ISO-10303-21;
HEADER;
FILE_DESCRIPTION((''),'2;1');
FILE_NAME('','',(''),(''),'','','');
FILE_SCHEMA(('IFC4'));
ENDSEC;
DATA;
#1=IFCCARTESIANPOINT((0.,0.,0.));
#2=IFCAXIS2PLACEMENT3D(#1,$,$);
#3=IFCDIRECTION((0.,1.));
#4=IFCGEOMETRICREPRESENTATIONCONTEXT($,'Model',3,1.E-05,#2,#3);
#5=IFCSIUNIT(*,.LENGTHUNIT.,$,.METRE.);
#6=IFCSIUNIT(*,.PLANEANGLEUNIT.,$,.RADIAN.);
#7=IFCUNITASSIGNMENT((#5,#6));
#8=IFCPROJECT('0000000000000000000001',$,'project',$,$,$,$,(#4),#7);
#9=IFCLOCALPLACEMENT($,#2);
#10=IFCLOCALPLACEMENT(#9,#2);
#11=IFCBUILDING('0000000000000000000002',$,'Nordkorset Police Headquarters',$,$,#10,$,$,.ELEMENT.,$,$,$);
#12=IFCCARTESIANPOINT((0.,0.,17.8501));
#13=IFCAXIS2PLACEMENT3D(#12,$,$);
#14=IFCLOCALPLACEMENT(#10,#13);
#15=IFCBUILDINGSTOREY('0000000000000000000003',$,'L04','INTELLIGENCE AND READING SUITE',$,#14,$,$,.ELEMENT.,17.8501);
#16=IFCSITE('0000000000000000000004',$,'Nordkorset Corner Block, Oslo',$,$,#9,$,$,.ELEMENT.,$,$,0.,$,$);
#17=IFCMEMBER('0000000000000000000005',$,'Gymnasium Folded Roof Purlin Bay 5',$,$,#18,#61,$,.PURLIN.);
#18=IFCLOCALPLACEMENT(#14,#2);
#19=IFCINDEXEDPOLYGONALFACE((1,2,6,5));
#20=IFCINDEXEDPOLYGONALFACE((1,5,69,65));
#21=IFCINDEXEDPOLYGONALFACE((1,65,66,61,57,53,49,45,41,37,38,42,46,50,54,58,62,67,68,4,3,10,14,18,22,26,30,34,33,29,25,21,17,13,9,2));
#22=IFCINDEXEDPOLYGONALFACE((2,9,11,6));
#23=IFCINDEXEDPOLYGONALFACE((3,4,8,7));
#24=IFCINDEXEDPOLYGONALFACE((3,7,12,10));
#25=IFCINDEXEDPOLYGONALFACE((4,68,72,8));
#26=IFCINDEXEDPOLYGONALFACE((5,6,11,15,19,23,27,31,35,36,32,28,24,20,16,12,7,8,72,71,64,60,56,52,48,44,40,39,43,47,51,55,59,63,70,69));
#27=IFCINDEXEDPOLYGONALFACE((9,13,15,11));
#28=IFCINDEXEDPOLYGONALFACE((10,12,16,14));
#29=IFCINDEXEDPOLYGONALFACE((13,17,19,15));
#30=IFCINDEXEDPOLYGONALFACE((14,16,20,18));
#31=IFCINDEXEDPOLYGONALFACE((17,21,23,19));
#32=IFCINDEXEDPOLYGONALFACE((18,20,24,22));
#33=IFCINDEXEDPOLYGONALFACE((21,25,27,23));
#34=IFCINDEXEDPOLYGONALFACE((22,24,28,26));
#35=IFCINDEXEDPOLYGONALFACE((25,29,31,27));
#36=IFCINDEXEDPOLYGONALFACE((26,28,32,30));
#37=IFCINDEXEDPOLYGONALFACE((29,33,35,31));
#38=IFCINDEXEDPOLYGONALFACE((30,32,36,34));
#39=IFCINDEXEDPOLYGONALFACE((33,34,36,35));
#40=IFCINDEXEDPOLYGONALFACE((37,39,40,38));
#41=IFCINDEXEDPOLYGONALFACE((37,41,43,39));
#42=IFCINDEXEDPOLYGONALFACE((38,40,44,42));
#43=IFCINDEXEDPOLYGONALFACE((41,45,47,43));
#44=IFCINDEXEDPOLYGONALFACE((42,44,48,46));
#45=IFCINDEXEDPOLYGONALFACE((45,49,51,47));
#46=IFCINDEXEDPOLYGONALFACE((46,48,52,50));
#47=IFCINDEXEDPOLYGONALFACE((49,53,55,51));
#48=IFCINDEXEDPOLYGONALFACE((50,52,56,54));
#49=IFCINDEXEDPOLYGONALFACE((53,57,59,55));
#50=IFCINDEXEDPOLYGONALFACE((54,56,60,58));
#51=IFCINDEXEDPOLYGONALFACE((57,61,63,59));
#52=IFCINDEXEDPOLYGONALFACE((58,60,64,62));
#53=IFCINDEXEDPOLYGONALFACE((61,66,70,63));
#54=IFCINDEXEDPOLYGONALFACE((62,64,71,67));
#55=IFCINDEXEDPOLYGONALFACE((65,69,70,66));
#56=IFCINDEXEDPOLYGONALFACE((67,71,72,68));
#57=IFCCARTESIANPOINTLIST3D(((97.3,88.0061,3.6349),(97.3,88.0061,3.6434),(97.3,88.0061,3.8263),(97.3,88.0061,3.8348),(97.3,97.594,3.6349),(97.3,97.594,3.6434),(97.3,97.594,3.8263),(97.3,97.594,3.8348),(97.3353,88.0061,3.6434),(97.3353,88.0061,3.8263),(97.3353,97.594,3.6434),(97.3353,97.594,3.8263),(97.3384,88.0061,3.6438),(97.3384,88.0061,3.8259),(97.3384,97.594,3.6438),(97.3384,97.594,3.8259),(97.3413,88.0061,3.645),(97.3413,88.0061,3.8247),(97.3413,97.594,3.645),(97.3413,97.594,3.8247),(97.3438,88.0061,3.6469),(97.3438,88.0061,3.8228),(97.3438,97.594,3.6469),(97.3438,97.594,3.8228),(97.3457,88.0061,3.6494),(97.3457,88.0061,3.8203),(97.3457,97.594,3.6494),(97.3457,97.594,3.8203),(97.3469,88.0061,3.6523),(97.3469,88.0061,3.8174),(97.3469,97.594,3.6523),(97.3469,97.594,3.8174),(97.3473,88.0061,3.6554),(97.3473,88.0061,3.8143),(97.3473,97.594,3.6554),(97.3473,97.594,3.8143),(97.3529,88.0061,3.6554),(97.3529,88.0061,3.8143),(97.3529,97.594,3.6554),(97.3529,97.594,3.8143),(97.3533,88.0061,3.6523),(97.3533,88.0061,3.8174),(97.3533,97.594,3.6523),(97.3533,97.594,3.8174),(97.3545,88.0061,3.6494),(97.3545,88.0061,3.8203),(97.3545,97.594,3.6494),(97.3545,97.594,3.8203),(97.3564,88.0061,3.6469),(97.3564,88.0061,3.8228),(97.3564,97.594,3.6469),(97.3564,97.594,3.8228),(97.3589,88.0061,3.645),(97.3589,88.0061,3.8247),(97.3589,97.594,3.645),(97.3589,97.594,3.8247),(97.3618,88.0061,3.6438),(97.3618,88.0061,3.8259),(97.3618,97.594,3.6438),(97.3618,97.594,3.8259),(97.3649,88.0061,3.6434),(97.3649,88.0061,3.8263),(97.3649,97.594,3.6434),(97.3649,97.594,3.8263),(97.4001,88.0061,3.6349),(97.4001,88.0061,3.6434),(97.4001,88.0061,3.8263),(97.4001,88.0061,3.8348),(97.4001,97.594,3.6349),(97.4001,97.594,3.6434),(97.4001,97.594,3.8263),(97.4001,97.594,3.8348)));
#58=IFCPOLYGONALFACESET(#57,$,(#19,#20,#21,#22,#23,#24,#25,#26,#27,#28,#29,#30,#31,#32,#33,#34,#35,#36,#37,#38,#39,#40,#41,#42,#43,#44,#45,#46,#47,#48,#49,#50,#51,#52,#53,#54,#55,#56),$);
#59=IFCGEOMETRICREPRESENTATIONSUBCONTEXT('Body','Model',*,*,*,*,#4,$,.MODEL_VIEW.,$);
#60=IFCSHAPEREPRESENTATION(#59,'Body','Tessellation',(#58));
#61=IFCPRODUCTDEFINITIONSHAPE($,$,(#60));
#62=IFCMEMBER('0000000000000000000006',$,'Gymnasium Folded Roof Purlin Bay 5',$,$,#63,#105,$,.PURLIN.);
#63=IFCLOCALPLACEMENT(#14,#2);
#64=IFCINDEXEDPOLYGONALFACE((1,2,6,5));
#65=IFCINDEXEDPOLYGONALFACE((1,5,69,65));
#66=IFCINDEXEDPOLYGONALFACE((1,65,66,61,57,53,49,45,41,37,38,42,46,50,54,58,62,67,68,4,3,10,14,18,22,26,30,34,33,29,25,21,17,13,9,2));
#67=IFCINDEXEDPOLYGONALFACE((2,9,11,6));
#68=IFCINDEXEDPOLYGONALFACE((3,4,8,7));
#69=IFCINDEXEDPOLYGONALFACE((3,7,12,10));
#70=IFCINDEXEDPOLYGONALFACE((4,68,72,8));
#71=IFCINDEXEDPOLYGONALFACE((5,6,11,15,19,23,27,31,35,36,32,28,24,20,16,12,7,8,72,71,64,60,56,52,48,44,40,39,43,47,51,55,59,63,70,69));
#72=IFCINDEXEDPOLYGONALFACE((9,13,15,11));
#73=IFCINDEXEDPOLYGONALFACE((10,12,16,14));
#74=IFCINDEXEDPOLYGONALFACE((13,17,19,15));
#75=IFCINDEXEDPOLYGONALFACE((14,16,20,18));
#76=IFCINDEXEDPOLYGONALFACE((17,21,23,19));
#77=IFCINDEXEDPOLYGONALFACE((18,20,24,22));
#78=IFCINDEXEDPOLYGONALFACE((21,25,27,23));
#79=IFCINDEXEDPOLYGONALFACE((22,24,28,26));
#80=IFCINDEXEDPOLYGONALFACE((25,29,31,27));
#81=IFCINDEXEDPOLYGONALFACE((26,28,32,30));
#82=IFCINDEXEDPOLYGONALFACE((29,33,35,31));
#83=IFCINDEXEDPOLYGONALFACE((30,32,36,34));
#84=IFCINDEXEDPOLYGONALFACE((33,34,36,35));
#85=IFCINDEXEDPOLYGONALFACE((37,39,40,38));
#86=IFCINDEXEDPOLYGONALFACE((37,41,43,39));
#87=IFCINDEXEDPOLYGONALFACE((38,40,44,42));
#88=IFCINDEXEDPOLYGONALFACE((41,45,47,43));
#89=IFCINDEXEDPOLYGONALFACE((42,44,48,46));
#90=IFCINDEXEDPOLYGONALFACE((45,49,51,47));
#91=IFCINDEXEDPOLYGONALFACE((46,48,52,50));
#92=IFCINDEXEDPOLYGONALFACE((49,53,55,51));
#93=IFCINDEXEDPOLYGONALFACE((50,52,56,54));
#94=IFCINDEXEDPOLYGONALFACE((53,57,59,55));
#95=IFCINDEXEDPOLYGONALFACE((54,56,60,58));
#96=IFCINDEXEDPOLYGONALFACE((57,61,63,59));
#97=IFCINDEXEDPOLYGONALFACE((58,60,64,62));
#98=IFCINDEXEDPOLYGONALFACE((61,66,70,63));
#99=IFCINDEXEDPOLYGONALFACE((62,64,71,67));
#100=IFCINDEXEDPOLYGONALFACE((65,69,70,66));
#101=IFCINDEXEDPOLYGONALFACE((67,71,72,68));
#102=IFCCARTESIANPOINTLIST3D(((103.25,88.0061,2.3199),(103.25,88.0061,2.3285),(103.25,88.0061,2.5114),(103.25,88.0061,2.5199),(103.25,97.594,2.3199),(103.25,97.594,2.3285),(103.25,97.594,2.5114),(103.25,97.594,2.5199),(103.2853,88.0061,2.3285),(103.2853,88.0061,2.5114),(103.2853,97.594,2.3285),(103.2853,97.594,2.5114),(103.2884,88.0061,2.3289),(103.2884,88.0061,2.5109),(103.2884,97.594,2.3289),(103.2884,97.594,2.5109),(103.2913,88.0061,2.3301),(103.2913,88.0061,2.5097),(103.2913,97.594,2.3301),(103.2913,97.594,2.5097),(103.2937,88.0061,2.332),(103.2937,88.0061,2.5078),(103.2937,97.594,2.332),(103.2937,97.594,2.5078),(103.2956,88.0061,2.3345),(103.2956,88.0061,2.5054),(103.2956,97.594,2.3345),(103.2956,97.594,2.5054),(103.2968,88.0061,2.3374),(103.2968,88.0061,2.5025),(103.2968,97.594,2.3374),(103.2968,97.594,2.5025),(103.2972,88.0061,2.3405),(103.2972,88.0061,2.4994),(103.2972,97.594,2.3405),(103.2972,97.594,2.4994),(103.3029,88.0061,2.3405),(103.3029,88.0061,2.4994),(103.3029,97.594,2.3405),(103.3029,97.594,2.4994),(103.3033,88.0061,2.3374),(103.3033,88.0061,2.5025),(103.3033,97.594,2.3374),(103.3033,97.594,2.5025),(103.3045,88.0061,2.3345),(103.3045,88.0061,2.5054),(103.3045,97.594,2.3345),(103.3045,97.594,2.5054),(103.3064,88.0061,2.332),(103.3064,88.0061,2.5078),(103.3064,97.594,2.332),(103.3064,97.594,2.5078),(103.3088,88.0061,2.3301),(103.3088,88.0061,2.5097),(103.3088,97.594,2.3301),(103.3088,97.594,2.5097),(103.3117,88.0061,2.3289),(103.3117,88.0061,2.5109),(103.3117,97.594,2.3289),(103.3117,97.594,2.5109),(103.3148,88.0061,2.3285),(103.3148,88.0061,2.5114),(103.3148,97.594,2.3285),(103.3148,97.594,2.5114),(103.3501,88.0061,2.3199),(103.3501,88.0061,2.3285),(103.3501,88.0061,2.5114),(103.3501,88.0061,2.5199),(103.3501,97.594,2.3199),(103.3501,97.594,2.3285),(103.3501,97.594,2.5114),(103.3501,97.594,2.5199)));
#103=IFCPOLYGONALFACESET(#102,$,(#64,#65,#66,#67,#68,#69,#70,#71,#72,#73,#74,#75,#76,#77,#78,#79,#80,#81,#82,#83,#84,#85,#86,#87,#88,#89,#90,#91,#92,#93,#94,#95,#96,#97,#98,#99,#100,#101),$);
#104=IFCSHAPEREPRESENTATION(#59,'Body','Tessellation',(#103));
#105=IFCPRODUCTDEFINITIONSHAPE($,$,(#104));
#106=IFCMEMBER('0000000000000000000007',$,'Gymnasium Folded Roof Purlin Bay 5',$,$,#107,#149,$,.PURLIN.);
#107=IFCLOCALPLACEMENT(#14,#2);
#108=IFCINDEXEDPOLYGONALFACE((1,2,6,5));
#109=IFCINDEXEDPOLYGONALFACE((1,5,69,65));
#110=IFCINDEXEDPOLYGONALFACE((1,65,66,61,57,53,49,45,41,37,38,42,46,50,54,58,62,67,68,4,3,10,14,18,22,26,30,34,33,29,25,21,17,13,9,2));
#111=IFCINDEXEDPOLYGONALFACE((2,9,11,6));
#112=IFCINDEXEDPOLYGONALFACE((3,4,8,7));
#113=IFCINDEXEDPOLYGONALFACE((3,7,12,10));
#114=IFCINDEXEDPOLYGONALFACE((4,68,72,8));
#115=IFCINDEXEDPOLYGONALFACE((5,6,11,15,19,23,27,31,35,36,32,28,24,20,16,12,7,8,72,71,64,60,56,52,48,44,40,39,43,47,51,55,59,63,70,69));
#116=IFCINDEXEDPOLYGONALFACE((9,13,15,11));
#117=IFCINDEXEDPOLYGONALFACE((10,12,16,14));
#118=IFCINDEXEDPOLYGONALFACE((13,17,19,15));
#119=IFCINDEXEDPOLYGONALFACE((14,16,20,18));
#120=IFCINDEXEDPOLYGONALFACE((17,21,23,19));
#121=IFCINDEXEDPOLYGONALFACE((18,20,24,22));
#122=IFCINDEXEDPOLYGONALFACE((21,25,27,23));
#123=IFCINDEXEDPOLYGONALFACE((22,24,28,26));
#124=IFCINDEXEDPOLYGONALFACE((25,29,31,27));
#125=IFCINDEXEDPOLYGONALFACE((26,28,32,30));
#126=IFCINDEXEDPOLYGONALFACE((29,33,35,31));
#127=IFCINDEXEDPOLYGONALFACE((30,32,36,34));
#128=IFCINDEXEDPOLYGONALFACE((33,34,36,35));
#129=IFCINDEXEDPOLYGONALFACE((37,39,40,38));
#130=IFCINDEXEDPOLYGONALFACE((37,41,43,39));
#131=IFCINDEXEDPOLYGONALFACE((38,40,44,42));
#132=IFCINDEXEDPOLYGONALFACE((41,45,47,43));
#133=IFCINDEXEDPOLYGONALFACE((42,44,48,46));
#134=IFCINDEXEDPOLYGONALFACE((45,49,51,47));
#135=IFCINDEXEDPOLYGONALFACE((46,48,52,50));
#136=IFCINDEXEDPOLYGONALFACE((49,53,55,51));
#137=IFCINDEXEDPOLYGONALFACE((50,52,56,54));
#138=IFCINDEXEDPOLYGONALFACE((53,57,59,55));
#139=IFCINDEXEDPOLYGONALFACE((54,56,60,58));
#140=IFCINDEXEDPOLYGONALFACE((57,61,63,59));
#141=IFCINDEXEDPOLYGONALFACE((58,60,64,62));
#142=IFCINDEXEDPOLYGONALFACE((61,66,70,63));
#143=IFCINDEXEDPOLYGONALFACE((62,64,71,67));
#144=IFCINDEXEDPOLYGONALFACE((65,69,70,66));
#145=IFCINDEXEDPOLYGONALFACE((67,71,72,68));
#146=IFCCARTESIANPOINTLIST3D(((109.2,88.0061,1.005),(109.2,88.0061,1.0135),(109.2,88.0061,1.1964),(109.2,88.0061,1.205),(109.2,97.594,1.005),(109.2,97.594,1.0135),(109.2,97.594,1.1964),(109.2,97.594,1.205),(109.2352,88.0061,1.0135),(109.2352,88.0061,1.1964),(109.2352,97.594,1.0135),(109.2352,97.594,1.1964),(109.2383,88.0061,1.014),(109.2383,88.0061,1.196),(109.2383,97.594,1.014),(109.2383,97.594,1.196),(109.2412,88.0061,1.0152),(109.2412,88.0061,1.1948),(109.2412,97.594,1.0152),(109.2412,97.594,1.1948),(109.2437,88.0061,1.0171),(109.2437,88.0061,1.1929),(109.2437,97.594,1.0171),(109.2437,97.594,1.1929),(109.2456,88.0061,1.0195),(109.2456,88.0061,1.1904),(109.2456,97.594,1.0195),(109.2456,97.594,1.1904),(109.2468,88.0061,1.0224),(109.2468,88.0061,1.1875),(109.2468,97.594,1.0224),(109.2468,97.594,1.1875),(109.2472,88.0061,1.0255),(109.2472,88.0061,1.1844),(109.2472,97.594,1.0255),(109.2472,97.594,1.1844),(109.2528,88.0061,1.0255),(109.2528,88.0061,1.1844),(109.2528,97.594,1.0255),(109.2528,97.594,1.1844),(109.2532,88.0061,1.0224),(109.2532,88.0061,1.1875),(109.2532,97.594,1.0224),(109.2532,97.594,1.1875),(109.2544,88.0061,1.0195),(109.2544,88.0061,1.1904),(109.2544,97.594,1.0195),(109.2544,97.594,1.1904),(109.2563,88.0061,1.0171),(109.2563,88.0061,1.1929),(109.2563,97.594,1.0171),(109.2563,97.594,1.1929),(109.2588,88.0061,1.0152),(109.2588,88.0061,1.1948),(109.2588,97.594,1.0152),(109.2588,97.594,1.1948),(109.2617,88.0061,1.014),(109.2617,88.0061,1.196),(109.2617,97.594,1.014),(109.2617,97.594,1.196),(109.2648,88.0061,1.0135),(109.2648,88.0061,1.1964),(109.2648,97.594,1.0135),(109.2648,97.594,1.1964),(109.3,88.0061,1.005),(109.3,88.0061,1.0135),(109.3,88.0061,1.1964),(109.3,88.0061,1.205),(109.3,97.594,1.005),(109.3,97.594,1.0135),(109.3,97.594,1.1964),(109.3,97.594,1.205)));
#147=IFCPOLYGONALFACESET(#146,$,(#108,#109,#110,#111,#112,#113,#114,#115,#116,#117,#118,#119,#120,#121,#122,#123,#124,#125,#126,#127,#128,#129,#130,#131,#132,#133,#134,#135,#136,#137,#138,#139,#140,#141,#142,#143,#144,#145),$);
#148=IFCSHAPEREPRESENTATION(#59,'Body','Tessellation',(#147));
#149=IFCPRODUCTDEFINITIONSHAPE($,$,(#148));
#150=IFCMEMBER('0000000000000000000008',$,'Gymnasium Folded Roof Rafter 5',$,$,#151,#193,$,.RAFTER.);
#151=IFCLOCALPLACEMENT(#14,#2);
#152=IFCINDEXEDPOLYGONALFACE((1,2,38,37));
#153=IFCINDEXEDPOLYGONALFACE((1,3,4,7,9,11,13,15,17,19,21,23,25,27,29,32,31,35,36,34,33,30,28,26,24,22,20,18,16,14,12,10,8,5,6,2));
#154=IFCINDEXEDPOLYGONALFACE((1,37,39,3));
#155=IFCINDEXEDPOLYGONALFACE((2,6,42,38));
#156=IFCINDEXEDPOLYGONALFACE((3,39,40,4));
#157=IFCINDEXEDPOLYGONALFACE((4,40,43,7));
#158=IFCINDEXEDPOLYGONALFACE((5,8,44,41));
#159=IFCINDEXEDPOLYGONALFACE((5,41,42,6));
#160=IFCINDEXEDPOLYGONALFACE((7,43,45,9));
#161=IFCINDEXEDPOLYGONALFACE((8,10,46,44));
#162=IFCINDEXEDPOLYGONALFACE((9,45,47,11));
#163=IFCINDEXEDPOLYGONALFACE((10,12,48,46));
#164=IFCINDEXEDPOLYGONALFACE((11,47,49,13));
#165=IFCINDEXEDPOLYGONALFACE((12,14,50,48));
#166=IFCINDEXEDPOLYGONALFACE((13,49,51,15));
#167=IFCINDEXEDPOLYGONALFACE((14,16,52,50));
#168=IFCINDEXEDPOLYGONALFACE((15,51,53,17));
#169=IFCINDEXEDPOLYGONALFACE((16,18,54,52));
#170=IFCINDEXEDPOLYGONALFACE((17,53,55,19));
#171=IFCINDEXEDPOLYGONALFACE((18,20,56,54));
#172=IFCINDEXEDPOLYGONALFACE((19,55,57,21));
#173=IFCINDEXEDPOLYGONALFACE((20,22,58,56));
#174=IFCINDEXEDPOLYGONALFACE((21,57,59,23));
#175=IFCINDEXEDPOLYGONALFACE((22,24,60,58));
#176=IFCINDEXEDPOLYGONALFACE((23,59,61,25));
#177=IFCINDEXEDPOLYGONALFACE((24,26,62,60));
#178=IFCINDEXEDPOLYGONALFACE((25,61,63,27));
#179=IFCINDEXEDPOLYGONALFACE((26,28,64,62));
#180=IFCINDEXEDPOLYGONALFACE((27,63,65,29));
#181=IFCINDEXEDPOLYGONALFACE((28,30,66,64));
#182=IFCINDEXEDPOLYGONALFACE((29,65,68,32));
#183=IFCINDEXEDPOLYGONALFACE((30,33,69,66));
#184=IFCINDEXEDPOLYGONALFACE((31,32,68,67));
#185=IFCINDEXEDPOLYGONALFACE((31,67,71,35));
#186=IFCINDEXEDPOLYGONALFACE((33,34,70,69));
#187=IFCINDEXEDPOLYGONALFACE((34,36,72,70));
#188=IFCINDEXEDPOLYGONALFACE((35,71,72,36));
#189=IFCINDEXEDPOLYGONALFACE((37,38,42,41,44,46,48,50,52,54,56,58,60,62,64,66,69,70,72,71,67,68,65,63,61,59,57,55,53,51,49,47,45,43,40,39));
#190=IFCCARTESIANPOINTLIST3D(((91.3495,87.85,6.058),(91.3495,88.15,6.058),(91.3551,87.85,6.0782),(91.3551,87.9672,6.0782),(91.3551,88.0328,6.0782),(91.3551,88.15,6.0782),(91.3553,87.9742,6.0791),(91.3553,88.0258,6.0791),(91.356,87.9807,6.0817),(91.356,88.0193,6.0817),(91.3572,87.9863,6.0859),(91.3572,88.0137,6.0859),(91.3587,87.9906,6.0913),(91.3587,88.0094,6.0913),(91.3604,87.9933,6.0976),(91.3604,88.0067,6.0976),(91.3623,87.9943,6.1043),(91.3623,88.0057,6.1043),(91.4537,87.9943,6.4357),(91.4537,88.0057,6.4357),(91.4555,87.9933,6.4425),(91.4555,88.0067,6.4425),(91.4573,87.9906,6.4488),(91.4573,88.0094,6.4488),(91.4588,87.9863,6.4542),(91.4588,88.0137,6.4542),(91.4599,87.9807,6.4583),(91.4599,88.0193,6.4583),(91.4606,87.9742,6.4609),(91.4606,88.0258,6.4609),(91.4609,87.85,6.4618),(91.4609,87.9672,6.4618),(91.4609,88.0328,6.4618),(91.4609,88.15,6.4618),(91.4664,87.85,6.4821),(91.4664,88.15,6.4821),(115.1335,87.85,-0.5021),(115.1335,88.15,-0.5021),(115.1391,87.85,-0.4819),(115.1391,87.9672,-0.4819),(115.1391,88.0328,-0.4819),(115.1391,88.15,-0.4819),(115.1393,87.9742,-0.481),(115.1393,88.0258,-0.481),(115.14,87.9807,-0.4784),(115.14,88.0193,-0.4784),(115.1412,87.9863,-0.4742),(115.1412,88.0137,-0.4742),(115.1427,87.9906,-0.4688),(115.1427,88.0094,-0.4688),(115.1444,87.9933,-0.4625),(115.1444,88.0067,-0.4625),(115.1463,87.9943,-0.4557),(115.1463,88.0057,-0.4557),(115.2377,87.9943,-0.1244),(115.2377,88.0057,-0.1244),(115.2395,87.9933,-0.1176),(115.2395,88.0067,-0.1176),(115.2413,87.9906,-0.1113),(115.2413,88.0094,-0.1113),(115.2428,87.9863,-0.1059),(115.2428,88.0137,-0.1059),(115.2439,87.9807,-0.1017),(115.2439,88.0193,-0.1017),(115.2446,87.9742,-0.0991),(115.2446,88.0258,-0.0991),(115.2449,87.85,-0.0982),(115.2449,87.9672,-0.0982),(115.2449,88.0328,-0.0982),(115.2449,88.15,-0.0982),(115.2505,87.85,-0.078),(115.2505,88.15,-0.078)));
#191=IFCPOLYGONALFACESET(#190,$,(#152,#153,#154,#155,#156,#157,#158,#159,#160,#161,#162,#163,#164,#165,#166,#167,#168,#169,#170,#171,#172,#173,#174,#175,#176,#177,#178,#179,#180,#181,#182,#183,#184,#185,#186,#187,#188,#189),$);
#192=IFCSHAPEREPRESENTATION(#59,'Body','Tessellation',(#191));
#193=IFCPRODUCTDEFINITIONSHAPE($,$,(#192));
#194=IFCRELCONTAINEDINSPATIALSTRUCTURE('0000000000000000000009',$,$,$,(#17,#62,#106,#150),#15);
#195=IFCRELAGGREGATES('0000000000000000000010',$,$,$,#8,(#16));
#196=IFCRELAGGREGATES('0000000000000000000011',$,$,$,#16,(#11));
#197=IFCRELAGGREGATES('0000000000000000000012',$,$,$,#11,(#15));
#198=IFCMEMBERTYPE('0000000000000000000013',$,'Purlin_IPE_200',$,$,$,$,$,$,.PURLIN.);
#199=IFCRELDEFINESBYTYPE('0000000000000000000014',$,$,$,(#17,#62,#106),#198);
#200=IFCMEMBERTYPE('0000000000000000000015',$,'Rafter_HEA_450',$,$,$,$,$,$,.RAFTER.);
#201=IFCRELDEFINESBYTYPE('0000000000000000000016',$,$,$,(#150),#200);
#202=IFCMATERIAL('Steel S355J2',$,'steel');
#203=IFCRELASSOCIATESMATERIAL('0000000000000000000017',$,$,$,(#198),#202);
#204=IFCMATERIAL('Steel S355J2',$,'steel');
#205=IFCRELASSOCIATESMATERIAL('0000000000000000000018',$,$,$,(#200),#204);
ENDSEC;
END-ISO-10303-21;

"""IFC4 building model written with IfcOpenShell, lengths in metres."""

from ifc_helpers import new_model, si_unit, direction, frame, origin, origin_2d, place, context, subcontext, project, spatial, i_section, extrude, material, material_profile, profile_set, type_object, element, save


model = new_model("IFC4")

# Units and contexts
model_context = context("Model", 3, precision=1e-05, world=origin(), true_north=direction((0.0, 1.0)))
body_context = subcontext(model_context, "Body", "Model", "MODEL_VIEW")
ifc_project = project(units=[si_unit("LENGTHUNIT", "METRE"), si_unit("PLANEANGLEUNIT", "RADIAN")], contexts=[model_context])

# Site, building, storey
site_placement = place(None, origin())
site = spatial("IfcSite", under=ifc_project, at=site_placement, Name="Nordkorset Corner Block, Oslo", CompositionType="ELEMENT", RefElevation=0.0)
building_placement = place(site_placement, origin())
building = spatial("IfcBuilding", under=site, at=building_placement, Name="Nordkorset Police Headquarters", CompositionType="ELEMENT")
storey_placement = place(building_placement, frame((0.0, 0.0, 17.8501)))
storey = spatial("IfcBuildingStorey", under=building, at=storey_placement, Name="L04", Description="INTELLIGENCE AND READING SUITE", CompositionType="ELEMENT", Elevation=17.8501)

# Members
ifc_material_1 = material(Name="Steel S355J2", Category="steel")
ifc_material_profile_1 = material_profile(ifc_material_1, i_section(OverallWidth=0.1001, OverallDepth=0.2, WebThickness=0.0056, FlangeThickness=0.0085, FilletRadius=0.012, at=origin_2d()), Name="IPE 200")
ifc_profile_set_1 = profile_set([ifc_material_profile_1], Name="Steel S355J2")
member_type_1 = type_object("IfcMemberType", Name="Purlin_IPE_200", PredefinedType="PURLIN", material=ifc_profile_set_1)
for number, where, z_axis, x_axis, name in (
    (1, (97.3501, 88.0061, 3.7349), (0.0, 1.0, 0.0), (-1.0, 0.0, 0.0), "Gymnasium Folded Roof Purlin Bay 5"),
    (2, (103.3, 88.0061, 2.4199), (0.0, 1.0, 0.0), (-1.0, 0.0, 0.0), "Gymnasium Folded Roof Purlin Bay 5"),
    (3, (109.25, 88.0061, 1.105), (0.0, 1.0, 0.0), (-1.0, 0.0, 0.0), "Gymnasium Folded Roof Purlin Bay 5"),
):
    element("IfcMember", number, at=place(storey_placement, frame(where, z_axis=z_axis, x_axis=x_axis)), inside=storey, type_object=member_type_1, Name=name, PredefinedType="PURLIN", context=body_context, shape_type="SweptSolid", body=[
        extrude(i_section(OverallWidth=0.1001, OverallDepth=0.2, WebThickness=0.0056, FlangeThickness=0.0085, FilletRadius=0.012, at=origin_2d()), origin(), (0.0, 0.0, 1.0), 9.5879),
    ])
ifc_material_2 = material(Name="Steel S355J2", Category="steel")
ifc_material_profile_2 = material_profile(ifc_material_2, i_section(OverallWidth=0.3, OverallDepth=0.4399, WebThickness=0.0115, FlangeThickness=0.021, FilletRadius=0.0271, at=origin_2d()), Name="HEA 450")
ifc_profile_set_2 = profile_set([ifc_material_profile_2], Name="Steel S355J2")
member_type_2 = type_object("IfcMemberType", Name="Rafter_HEA_450", PredefinedType="RAFTER", material=ifc_profile_set_2)
member_1_placement = place(storey_placement, frame((91.408, 88.0, 6.27), z_axis=(0.964003, 0.0, -0.26589), x_axis=(0.0, 1.0, 0.0)))
element("IfcMember", 4, at=member_1_placement, inside=storey, type_object=member_type_2, Name="Gymnasium Folded Roof Rafter 5", PredefinedType="RAFTER", context=body_context, shape_type="SweptSolid", body=[
    extrude(i_section(OverallWidth=0.3, OverallDepth=0.4399, WebThickness=0.0115, FlangeThickness=0.021, FilletRadius=0.0271, at=origin_2d()), origin(), (0.0, 0.0, 1.0), 24.6721),
])

save(model, "model.ifc")
